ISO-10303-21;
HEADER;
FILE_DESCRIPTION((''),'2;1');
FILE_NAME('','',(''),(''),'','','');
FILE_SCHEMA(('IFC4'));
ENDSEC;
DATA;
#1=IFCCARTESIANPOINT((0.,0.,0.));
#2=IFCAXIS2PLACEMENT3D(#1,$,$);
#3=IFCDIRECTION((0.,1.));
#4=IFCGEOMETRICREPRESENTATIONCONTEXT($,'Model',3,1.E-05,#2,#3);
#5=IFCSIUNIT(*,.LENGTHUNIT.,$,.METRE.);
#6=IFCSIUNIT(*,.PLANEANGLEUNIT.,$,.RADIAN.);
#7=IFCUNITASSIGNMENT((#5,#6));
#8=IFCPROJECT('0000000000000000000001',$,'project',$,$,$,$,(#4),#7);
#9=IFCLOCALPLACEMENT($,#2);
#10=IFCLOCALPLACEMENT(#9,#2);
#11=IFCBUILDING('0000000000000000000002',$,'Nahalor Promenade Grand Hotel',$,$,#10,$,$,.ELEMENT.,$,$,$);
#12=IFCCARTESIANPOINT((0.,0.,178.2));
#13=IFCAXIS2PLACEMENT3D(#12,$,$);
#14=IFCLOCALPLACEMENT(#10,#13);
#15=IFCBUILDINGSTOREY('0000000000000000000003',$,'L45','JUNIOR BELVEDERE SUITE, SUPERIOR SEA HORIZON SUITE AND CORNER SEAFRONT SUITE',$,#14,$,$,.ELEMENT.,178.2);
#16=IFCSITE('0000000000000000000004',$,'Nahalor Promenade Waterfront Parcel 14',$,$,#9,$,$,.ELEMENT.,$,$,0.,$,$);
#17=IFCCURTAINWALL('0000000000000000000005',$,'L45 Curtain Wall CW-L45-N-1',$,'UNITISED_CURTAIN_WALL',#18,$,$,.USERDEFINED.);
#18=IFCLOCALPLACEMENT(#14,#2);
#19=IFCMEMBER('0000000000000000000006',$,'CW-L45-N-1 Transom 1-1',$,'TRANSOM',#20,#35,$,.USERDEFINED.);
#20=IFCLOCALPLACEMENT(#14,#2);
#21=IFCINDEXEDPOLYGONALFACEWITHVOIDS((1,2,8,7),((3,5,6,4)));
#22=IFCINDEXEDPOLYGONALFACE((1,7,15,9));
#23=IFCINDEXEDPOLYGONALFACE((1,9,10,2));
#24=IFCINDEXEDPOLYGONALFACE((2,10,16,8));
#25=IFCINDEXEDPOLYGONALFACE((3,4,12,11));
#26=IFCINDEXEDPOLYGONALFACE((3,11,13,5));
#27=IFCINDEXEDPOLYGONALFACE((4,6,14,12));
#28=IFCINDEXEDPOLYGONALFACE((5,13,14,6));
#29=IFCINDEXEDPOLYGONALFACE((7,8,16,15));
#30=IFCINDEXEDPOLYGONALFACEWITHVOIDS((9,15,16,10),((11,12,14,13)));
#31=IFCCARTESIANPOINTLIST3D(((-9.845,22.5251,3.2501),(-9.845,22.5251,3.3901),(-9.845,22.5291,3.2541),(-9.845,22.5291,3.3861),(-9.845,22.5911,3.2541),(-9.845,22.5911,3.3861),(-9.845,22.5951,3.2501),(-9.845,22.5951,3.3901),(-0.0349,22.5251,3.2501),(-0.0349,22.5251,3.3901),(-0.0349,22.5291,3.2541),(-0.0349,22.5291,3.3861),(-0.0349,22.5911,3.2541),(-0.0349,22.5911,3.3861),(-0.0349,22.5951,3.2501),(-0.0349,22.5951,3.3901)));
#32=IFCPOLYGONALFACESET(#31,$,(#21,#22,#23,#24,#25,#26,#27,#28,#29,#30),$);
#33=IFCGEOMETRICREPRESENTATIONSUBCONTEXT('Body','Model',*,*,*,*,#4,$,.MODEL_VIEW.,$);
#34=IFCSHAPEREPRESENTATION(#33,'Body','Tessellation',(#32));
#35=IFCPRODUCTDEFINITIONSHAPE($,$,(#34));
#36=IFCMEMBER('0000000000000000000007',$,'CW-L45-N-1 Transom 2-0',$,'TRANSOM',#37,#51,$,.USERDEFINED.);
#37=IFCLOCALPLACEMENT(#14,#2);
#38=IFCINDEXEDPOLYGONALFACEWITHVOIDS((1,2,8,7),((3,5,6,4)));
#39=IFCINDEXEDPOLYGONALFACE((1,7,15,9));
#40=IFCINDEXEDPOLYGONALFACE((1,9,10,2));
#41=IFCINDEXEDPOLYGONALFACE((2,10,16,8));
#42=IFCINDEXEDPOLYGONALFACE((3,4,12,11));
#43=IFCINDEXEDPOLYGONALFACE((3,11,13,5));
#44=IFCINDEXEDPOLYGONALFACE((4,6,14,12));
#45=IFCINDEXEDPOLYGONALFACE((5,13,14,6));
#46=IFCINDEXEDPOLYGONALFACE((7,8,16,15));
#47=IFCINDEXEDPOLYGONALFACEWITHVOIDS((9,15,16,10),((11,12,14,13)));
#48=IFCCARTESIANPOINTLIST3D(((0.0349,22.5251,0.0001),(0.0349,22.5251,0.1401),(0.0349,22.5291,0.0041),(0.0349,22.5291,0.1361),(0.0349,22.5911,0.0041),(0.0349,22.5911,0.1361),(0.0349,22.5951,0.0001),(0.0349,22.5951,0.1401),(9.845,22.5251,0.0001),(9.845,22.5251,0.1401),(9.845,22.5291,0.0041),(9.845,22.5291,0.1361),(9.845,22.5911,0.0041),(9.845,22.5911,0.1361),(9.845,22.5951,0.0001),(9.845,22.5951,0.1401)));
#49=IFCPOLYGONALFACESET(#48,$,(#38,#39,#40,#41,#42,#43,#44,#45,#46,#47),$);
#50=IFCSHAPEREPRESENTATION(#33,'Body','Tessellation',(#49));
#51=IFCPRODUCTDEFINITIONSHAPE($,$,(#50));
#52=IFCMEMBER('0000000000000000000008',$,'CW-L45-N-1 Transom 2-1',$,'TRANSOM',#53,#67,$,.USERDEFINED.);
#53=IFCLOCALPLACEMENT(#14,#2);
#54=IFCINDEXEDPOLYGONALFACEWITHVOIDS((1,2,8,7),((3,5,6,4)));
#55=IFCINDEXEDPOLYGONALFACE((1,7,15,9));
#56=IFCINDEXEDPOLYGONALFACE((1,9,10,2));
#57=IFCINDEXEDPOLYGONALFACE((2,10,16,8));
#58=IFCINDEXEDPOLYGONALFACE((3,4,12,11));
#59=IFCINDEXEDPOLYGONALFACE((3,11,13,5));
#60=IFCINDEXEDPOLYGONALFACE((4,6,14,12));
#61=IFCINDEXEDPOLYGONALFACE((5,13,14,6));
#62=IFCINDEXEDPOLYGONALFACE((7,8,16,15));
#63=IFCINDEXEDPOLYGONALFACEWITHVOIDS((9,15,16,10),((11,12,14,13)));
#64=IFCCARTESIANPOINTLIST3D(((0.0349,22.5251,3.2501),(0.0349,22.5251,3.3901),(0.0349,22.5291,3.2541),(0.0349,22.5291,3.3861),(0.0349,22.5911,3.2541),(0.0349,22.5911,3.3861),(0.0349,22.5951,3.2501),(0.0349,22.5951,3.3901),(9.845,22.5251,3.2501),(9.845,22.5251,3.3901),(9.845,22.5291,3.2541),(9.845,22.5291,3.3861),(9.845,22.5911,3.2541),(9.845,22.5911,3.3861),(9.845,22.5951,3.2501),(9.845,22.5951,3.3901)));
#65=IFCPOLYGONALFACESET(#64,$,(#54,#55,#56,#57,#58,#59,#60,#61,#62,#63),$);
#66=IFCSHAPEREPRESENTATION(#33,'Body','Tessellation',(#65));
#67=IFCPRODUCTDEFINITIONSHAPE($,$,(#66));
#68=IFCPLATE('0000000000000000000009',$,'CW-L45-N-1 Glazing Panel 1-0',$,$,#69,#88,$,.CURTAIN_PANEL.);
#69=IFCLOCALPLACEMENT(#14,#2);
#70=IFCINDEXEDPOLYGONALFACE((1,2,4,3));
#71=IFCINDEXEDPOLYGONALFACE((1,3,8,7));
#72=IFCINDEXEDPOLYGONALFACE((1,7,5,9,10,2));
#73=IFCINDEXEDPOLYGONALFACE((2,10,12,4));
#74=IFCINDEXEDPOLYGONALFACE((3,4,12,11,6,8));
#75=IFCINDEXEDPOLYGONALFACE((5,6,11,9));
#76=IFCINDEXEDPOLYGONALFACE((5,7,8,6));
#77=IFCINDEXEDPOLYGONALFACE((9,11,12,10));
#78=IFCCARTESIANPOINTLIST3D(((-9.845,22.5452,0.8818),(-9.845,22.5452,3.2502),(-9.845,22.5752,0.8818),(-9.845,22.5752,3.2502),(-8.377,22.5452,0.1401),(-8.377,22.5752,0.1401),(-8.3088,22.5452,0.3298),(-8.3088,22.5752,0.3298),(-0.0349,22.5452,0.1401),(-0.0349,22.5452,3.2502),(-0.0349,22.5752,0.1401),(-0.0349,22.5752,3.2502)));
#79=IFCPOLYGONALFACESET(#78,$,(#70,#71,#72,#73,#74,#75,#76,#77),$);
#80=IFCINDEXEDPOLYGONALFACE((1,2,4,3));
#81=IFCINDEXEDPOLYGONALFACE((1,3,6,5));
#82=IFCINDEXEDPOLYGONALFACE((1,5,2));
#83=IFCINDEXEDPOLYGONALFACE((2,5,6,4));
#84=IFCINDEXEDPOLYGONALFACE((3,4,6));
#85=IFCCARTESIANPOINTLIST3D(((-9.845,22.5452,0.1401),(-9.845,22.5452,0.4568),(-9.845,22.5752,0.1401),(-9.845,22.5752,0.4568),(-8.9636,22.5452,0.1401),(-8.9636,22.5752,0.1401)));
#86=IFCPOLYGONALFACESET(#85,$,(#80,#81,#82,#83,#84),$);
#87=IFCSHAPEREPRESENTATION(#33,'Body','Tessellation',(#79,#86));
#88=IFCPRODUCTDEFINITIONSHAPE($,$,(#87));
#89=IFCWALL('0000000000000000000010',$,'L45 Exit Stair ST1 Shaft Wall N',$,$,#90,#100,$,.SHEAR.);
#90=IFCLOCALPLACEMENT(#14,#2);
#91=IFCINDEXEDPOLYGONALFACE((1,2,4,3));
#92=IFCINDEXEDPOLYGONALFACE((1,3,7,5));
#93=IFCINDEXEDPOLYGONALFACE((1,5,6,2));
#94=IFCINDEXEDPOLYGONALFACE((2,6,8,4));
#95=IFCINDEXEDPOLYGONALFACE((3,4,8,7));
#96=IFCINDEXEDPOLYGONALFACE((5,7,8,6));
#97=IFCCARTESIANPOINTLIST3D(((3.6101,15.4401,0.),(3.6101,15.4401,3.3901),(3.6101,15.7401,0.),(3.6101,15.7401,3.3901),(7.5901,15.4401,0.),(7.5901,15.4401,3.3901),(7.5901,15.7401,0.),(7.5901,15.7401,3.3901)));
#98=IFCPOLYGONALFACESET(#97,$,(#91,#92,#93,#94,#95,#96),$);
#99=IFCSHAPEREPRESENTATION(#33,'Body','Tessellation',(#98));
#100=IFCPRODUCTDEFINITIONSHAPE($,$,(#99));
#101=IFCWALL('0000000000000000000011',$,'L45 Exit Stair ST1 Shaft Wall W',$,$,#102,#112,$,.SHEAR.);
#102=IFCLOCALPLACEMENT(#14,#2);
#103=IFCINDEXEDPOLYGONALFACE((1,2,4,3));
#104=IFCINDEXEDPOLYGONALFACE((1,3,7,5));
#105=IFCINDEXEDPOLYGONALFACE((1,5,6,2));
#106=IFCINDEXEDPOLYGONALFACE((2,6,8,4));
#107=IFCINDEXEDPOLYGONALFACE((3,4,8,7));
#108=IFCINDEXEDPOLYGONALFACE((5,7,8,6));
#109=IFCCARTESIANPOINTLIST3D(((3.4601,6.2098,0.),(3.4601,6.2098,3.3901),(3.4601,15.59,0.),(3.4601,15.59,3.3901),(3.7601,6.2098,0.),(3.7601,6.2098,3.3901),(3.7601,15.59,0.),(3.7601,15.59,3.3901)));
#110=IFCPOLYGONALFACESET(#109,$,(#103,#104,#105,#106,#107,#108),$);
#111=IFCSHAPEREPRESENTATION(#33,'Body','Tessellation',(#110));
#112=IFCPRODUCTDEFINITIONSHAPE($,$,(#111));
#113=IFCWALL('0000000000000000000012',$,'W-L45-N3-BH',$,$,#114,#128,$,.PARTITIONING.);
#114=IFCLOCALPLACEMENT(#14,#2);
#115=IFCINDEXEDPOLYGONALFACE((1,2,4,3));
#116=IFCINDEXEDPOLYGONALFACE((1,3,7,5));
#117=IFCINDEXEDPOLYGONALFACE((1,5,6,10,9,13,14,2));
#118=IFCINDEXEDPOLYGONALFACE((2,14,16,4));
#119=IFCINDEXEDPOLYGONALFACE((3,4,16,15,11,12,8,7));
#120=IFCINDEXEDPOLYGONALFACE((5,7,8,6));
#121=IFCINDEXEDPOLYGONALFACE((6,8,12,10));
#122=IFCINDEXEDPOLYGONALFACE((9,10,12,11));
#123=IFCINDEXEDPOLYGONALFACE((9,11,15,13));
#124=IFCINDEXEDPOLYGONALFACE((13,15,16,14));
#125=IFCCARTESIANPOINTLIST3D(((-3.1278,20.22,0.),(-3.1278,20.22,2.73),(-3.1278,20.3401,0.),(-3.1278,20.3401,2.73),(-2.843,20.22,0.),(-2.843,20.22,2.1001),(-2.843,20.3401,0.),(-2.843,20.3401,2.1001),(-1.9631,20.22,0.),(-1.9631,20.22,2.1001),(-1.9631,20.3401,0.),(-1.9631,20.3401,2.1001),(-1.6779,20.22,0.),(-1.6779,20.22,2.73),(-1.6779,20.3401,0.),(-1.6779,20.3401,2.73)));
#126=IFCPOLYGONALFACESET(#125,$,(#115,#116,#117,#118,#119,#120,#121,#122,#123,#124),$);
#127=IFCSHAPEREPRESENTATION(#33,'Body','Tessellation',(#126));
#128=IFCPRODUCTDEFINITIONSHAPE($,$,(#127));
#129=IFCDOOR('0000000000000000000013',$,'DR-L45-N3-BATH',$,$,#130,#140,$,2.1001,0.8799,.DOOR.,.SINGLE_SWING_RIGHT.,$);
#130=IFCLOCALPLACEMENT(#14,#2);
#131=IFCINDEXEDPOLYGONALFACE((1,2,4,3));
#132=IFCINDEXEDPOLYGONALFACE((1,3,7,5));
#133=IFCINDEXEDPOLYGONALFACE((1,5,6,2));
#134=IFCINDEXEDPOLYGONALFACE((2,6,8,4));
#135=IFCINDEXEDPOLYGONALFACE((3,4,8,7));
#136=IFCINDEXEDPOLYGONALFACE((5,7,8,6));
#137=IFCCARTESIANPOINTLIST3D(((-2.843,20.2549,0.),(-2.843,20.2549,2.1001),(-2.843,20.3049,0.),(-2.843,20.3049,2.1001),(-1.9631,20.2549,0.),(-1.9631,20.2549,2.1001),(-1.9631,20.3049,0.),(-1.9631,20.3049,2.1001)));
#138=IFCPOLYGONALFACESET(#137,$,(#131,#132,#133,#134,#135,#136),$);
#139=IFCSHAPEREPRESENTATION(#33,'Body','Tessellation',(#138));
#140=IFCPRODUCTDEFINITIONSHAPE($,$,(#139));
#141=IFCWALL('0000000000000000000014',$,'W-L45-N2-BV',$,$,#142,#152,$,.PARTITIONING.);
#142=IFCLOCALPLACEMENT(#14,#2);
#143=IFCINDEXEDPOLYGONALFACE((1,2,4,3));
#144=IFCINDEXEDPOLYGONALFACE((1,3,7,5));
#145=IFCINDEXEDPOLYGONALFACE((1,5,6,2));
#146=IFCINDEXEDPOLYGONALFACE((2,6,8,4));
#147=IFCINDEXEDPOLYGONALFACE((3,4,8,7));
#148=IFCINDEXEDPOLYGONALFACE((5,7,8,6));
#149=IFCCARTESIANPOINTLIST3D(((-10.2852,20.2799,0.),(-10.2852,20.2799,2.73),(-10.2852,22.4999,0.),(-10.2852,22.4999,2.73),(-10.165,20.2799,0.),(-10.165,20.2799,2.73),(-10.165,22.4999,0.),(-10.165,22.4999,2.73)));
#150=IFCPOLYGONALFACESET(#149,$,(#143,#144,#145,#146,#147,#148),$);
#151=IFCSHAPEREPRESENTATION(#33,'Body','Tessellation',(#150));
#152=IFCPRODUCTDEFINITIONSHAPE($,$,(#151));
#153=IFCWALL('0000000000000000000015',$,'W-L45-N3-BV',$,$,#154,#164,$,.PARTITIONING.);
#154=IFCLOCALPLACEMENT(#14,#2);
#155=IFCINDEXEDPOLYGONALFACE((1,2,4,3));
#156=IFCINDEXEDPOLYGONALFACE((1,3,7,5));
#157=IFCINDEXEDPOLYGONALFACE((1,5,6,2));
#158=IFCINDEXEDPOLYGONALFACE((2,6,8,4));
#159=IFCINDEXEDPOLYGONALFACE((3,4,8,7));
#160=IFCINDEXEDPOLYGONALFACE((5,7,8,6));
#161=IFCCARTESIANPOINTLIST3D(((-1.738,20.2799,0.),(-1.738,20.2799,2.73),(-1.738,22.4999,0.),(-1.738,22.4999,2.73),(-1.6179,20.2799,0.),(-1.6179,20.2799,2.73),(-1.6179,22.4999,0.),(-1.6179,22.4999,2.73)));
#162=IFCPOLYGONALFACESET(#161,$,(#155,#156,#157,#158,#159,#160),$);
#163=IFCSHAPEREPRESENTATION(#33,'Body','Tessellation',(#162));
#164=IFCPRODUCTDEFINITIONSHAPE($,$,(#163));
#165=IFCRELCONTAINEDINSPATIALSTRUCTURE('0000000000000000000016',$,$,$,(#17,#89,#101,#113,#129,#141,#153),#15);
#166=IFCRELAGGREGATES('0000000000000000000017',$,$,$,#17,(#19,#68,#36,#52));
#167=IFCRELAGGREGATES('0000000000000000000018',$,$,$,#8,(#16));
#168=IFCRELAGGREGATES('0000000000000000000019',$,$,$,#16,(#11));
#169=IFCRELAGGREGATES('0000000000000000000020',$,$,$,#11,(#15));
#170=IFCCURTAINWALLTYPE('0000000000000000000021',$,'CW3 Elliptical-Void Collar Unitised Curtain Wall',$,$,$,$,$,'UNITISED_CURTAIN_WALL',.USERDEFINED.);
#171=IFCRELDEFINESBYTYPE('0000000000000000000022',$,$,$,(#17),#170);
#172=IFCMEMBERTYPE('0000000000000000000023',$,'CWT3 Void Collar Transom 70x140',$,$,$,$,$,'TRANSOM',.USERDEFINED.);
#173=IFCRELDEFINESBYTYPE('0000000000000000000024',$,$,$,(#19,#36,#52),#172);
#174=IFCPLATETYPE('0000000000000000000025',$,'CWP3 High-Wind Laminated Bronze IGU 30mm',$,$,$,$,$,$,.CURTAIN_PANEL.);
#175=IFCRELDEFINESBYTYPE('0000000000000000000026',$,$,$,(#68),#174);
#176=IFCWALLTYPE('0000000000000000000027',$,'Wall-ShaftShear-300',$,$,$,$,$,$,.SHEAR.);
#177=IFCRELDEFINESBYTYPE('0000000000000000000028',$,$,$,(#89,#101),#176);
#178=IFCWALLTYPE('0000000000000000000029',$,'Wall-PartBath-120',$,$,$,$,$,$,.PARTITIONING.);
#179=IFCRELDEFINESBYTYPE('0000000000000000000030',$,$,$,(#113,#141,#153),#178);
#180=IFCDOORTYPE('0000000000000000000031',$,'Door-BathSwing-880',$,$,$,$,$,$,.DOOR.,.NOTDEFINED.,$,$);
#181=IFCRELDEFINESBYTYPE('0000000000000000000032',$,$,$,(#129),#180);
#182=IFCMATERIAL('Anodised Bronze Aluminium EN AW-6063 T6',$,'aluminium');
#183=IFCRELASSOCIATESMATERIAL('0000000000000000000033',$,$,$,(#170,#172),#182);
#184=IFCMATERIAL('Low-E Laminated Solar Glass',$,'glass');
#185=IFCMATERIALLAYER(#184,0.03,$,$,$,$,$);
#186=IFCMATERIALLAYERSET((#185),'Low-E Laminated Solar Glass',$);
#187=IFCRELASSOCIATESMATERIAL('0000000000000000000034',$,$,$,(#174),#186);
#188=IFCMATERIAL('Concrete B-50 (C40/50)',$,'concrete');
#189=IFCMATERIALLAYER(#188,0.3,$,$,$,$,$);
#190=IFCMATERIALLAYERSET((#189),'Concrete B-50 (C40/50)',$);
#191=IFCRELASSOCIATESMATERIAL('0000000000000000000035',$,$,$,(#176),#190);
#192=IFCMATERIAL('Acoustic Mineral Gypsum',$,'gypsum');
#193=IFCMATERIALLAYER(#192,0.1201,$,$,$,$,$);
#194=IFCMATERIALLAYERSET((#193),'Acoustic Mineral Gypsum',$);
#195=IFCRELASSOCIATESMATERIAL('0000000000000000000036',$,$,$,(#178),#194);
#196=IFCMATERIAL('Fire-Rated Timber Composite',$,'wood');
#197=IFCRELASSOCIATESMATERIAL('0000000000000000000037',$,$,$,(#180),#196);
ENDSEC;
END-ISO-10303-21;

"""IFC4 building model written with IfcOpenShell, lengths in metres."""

from ifc_helpers import new_model, si_unit, direction, frame, frame_2d, origin, origin_2d, place, context, subcontext, project, spatial, polyline, rectangle, hollow_rectangle, outline, extrude, source, transform, mapped, material, layer, layer_set, material_profile, profile_set, type_object, element, fill, aggregate, save


model = new_model("IFC4")

# Units and contexts
model_context = context("Model", 3, precision=1e-05, world=origin(), true_north=direction((0.0, 1.0)))
body_context = subcontext(model_context, "Body", "Model", "MODEL_VIEW")
ifc_project = project(units=[si_unit("LENGTHUNIT", "METRE"), si_unit("PLANEANGLEUNIT", "RADIAN")], contexts=[model_context])

# Site, building, storey
site_placement = place(None, origin())
site = spatial("IfcSite", under=ifc_project, at=site_placement, Name="Nahalor Promenade Waterfront Parcel 14", CompositionType="ELEMENT", RefElevation=0.0)
building_placement = place(site_placement, origin())
building = spatial("IfcBuilding", under=site, at=building_placement, Name="Nahalor Promenade Grand Hotel", CompositionType="ELEMENT")
storey_placement = place(building_placement, frame((0.0, 0.0, 178.2)))
storey = spatial("IfcBuildingStorey", under=building, at=storey_placement, Name="L45", Description="JUNIOR BELVEDERE SUITE, SUPERIOR SEA HORIZON SUITE AND CORNER SEAFRONT SUITE", CompositionType="ELEMENT", Elevation=178.2)

# Curtain wall, members, plate
ifc_material_1 = material(Name="Anodised Bronze Aluminium EN AW-6063 T6", Category="aluminium")
curtain_wall_type = type_object("IfcCurtainWallType", Name="CW3 Elliptical-Void Collar Unitised Curtain Wall", ElementType="UNITISED_CURTAIN_WALL", PredefinedType="USERDEFINED", material=ifc_material_1)
curtain_wall_placement = place(storey_placement, origin())
curtain_wall = element("IfcCurtainWall", 1, at=curtain_wall_placement, inside=storey, type_object=curtain_wall_type, Name="L45 Curtain Wall CW-L45-N-1", ObjectType="UNITISED_CURTAIN_WALL", PredefinedType="USERDEFINED")
ifc_material_profile_1 = material_profile(ifc_material_1, hollow_rectangle(XDim=0.07, YDim=0.14, WallThickness=0.004, at=origin_2d()), Name="CWT 70x140x4")
ifc_profile_set_1 = profile_set([ifc_material_profile_1], Name="Anodised Bronze Aluminium EN AW-6063 T6")
member_type_1 = type_object("IfcMemberType", Name="CWT3 Void Collar Transom 70x140", ElementType="TRANSOM", PredefinedType="USERDEFINED", material=ifc_profile_set_1)
shared_shape_1 = source(origin(), body_context, "Body", "SweptSolid", [
    extrude(hollow_rectangle(XDim=0.07, YDim=0.14, WallThickness=0.004, at=origin_2d()), origin(), (0.0, 0.0, 1.0), 9.8101),
])
member_1_placement = place(storey_placement, frame((-9.845, 22.5601, 3.3201), z_axis=(1.0, 0.0, 0.0), x_axis=(0.0, 1.0, 0.0)))
member_1 = element("IfcMember", 2, at=member_1_placement, type_object=member_type_1, Name="CW-L45-N-1 Transom 1-1", ObjectType="TRANSOM", PredefinedType="USERDEFINED", context=body_context, shape_type="MappedRepresentation", body=[
    mapped(shared_shape_1, transform((0.0, 0.0, 0.0), scale=1.0)),
])
member_2_placement = place(storey_placement, frame((0.0349, 22.5601, 0.0701), z_axis=(1.0, 0.0, 0.0), x_axis=(0.0, 1.0, 0.0)))
member_2 = element("IfcMember", 3, at=member_2_placement, type_object=member_type_1, Name="CW-L45-N-1 Transom 2-0", ObjectType="TRANSOM", PredefinedType="USERDEFINED", context=body_context, shape_type="MappedRepresentation", body=[
    mapped(shared_shape_1, transform((0.0, 0.0, 0.0), scale=1.0)),
])
member_3_placement = place(storey_placement, frame((0.0349, 22.5601, 3.3201), z_axis=(1.0, 0.0, 0.0), x_axis=(0.0, 1.0, 0.0)))
member_3 = element("IfcMember", 4, at=member_3_placement, type_object=member_type_1, Name="CW-L45-N-1 Transom 2-1", ObjectType="TRANSOM", PredefinedType="USERDEFINED", context=body_context, shape_type="MappedRepresentation", body=[
    mapped(shared_shape_1, transform((0.0, 0.0, 0.0), scale=1.0)),
])
ifc_material_2 = material(Name="Low-E Laminated Solar Glass", Category="glass")
ifc_layer_1 = layer(ifc_material_2, 0.03)
ifc_layer_set_1 = layer_set([ifc_layer_1], Name="Low-E Laminated Solar Glass")
plate_type = type_object("IfcPlateType", Name="CWP3 High-Wind Laminated Bronze IGU 30mm", PredefinedType="CURTAIN_PANEL", material=ifc_layer_set_1)
plate_placement = place(storey_placement, frame((-4.9399, 22.5601, 0.1401), z_axis=(0.0, 0.0, 1.0), x_axis=(1.0, 0.0, 0.0)))
plate = element("IfcPlate", 5, at=plate_placement, type_object=plate_type, Name="CW-L45-N-1 Glazing Panel 1-0", PredefinedType="CURTAIN_PANEL", context=body_context, shape_type="SweptSolid", body=[
    extrude(outline(polyline([(4.905, 3.1101), (-4.905, 3.1101), (-4.905, 0.7417), (-3.3689, 0.1897), (-3.437, 0.0), (4.905, 0.0), (4.905, 3.1101)])), frame((0.0, 0.0151, 0.0), z_axis=(0.0, -1.0, 0.0), x_axis=(1.0, 0.0, 0.0)), (0.0, 0.0, 1.0), 0.03),
    extrude(outline(polyline([(-4.905, 0.3167), (-4.905, 0.0), (-4.0237, 0.0), (-4.905, 0.3167)])), frame((0.0, 0.0151, 0.0), z_axis=(0.0, -1.0, 0.0), x_axis=(1.0, 0.0, 0.0)), (0.0, 0.0, 1.0), 0.03),
])
aggregate(curtain_wall, [member_1, plate, member_2, member_3])

# Walls
ifc_material_3 = material(Name="Concrete B-50 (C40/50)", Category="concrete")
ifc_layer_2 = layer(ifc_material_3, 0.3)
ifc_layer_set_2 = layer_set([ifc_layer_2], Name="Concrete B-50 (C40/50)")
wall_type_1 = type_object("IfcWallType", Name="Wall-ShaftShear-300", PredefinedType="SHEAR", material=ifc_layer_set_2)
shared_shape_2 = source(origin(), body_context, "Body", "SweptSolid", [
    extrude(rectangle(XDim=3.98, YDim=0.3, at=frame_2d((1.99, 0.0))), origin(), (0.0, 0.0, 1.0), 3.3901),
])
wall_1_placement = place(storey_placement, frame((3.6101, 15.5901, 0.0), z_axis=(0.0, 0.0, 1.0), x_axis=(1.0, 0.0, 0.0)))
element("IfcWall", 6, at=wall_1_placement, inside=storey, type_object=wall_type_1, Name="L45 Exit Stair ST1 Shaft Wall N", PredefinedType="SHEAR", context=body_context, shape_type="MappedRepresentation", body=[
    mapped(shared_shape_2, transform((0.0, 0.0, 0.0), scale=1.0)),
])
shared_shape_3 = source(origin(), body_context, "Body", "SweptSolid", [
    extrude(rectangle(XDim=9.3801, YDim=0.3, at=frame_2d((4.6899, 0.0))), origin(), (0.0, 0.0, 1.0), 3.3901),
])
wall_2_placement = place(storey_placement, frame((3.6101, 6.21, 0.0), z_axis=(0.0, 0.0, 1.0), x_axis=(0.0, 1.0, 0.0)))
element("IfcWall", 7, at=wall_2_placement, inside=storey, type_object=wall_type_1, Name="L45 Exit Stair ST1 Shaft Wall W", PredefinedType="SHEAR", context=body_context, shape_type="MappedRepresentation", body=[
    mapped(shared_shape_3, transform((0.0, 0.0, 0.0), scale=1.0)),
])

# Wall, opening, door
ifc_material_4 = material(Name="Acoustic Mineral Gypsum", Category="gypsum")
ifc_layer_3 = layer(ifc_material_4, 0.1201)
ifc_layer_set_3 = layer_set([ifc_layer_3], Name="Acoustic Mineral Gypsum")
wall_type_2 = type_object("IfcWallType", Name="Wall-PartBath-120", PredefinedType="PARTITIONING", material=ifc_layer_set_3)
shared_shape_4 = source(origin(), body_context, "Body", "SweptSolid", [
    extrude(rectangle(XDim=1.45, YDim=0.1201, at=frame_2d((0.7251, 0.0))), origin(), (0.0, 0.0, 1.0), 2.73),
])
wall_3_placement = place(storey_placement, frame((-3.1279, 20.28, 0.0), z_axis=(0.0, 0.0, 1.0), x_axis=(1.0, 0.0, 0.0)))
wall_3 = element("IfcWall", 8, at=wall_3_placement, inside=storey, type_object=wall_type_2, Name="W-L45-N3-BH", PredefinedType="PARTITIONING", context=body_context, shape_type="MappedRepresentation", body=[
    mapped(shared_shape_4, transform((0.0, 0.0, 0.0), scale=1.0)),
])
opening_placement = place(wall_3_placement, frame((0.2849, 0.0, 0.0)))
opening = element("IfcOpeningElement", 9, at=opening_placement, cuts=wall_3, PredefinedType="OPENING", context=body_context, shape_type="SweptSolid", body=[
    extrude(rectangle(XDim=0.8799, YDim=2.1001, at=frame_2d((0.4399, 1.05))), frame((0.0, 0.0701, 0.0), z_axis=(0.0, -1.0, 0.0), x_axis=(1.0, 0.0, 0.0)), (0.0, 0.0, 1.0), 0.1401),
])
ifc_material_5 = material(Name="Fire-Rated Timber Composite", Category="wood")
door_type = type_object("IfcDoorType", Name="Door-BathSwing-880", OperationType="NOTDEFINED", PredefinedType="DOOR", material=ifc_material_5)
shared_shape_5 = source(origin(), body_context, "Body", "SweptSolid", [
    extrude(rectangle(XDim=0.8799, YDim=2.1001, at=frame_2d((0.4399, 1.05))), frame((0.0, 0.0249, 0.0), z_axis=(0.0, -1.0, 0.0), x_axis=(1.0, 0.0, 0.0)), (0.0, 0.0, 1.0), 0.05),
])
door_placement = place(opening_placement, origin())
door = element("IfcDoor", 10, at=door_placement, inside=storey, type_object=door_type, Name="DR-L45-N3-BATH", OperationType="SINGLE_SWING_RIGHT", OverallHeight=2.1001, OverallWidth=0.8799, PredefinedType="DOOR", context=body_context, shape_type="MappedRepresentation", body=[
    mapped(shared_shape_5, transform((0.0, 0.0, 0.0), scale=1.0)),
])
fill(opening, door)

# Walls
shared_shape_6 = source(origin(), body_context, "Body", "SweptSolid", [
    extrude(rectangle(XDim=2.22, YDim=0.1201, at=frame_2d((1.1099, 0.0))), origin(), (0.0, 0.0, 1.0), 2.73),
])
for number, where, z_axis, x_axis, name in (
    (11, (-10.2251, 20.28, 0.0), (0.0, 0.0, 1.0), (0.0, 1.0, 0.0), "W-L45-N2-BV"),
    (12, (-1.678, 20.28, 0.0), (0.0, 0.0, 1.0), (0.0, 1.0, 0.0), "W-L45-N3-BV"),
):
    element("IfcWall", number, at=place(storey_placement, frame(where, z_axis=z_axis, x_axis=x_axis)), inside=storey, type_object=wall_type_2, Name=name, PredefinedType="PARTITIONING", context=body_context, shape_type="MappedRepresentation", body=[
        mapped(shared_shape_6, transform((0.0, 0.0, 0.0), scale=1.0)),
    ])

save(model, "model.ifc")
